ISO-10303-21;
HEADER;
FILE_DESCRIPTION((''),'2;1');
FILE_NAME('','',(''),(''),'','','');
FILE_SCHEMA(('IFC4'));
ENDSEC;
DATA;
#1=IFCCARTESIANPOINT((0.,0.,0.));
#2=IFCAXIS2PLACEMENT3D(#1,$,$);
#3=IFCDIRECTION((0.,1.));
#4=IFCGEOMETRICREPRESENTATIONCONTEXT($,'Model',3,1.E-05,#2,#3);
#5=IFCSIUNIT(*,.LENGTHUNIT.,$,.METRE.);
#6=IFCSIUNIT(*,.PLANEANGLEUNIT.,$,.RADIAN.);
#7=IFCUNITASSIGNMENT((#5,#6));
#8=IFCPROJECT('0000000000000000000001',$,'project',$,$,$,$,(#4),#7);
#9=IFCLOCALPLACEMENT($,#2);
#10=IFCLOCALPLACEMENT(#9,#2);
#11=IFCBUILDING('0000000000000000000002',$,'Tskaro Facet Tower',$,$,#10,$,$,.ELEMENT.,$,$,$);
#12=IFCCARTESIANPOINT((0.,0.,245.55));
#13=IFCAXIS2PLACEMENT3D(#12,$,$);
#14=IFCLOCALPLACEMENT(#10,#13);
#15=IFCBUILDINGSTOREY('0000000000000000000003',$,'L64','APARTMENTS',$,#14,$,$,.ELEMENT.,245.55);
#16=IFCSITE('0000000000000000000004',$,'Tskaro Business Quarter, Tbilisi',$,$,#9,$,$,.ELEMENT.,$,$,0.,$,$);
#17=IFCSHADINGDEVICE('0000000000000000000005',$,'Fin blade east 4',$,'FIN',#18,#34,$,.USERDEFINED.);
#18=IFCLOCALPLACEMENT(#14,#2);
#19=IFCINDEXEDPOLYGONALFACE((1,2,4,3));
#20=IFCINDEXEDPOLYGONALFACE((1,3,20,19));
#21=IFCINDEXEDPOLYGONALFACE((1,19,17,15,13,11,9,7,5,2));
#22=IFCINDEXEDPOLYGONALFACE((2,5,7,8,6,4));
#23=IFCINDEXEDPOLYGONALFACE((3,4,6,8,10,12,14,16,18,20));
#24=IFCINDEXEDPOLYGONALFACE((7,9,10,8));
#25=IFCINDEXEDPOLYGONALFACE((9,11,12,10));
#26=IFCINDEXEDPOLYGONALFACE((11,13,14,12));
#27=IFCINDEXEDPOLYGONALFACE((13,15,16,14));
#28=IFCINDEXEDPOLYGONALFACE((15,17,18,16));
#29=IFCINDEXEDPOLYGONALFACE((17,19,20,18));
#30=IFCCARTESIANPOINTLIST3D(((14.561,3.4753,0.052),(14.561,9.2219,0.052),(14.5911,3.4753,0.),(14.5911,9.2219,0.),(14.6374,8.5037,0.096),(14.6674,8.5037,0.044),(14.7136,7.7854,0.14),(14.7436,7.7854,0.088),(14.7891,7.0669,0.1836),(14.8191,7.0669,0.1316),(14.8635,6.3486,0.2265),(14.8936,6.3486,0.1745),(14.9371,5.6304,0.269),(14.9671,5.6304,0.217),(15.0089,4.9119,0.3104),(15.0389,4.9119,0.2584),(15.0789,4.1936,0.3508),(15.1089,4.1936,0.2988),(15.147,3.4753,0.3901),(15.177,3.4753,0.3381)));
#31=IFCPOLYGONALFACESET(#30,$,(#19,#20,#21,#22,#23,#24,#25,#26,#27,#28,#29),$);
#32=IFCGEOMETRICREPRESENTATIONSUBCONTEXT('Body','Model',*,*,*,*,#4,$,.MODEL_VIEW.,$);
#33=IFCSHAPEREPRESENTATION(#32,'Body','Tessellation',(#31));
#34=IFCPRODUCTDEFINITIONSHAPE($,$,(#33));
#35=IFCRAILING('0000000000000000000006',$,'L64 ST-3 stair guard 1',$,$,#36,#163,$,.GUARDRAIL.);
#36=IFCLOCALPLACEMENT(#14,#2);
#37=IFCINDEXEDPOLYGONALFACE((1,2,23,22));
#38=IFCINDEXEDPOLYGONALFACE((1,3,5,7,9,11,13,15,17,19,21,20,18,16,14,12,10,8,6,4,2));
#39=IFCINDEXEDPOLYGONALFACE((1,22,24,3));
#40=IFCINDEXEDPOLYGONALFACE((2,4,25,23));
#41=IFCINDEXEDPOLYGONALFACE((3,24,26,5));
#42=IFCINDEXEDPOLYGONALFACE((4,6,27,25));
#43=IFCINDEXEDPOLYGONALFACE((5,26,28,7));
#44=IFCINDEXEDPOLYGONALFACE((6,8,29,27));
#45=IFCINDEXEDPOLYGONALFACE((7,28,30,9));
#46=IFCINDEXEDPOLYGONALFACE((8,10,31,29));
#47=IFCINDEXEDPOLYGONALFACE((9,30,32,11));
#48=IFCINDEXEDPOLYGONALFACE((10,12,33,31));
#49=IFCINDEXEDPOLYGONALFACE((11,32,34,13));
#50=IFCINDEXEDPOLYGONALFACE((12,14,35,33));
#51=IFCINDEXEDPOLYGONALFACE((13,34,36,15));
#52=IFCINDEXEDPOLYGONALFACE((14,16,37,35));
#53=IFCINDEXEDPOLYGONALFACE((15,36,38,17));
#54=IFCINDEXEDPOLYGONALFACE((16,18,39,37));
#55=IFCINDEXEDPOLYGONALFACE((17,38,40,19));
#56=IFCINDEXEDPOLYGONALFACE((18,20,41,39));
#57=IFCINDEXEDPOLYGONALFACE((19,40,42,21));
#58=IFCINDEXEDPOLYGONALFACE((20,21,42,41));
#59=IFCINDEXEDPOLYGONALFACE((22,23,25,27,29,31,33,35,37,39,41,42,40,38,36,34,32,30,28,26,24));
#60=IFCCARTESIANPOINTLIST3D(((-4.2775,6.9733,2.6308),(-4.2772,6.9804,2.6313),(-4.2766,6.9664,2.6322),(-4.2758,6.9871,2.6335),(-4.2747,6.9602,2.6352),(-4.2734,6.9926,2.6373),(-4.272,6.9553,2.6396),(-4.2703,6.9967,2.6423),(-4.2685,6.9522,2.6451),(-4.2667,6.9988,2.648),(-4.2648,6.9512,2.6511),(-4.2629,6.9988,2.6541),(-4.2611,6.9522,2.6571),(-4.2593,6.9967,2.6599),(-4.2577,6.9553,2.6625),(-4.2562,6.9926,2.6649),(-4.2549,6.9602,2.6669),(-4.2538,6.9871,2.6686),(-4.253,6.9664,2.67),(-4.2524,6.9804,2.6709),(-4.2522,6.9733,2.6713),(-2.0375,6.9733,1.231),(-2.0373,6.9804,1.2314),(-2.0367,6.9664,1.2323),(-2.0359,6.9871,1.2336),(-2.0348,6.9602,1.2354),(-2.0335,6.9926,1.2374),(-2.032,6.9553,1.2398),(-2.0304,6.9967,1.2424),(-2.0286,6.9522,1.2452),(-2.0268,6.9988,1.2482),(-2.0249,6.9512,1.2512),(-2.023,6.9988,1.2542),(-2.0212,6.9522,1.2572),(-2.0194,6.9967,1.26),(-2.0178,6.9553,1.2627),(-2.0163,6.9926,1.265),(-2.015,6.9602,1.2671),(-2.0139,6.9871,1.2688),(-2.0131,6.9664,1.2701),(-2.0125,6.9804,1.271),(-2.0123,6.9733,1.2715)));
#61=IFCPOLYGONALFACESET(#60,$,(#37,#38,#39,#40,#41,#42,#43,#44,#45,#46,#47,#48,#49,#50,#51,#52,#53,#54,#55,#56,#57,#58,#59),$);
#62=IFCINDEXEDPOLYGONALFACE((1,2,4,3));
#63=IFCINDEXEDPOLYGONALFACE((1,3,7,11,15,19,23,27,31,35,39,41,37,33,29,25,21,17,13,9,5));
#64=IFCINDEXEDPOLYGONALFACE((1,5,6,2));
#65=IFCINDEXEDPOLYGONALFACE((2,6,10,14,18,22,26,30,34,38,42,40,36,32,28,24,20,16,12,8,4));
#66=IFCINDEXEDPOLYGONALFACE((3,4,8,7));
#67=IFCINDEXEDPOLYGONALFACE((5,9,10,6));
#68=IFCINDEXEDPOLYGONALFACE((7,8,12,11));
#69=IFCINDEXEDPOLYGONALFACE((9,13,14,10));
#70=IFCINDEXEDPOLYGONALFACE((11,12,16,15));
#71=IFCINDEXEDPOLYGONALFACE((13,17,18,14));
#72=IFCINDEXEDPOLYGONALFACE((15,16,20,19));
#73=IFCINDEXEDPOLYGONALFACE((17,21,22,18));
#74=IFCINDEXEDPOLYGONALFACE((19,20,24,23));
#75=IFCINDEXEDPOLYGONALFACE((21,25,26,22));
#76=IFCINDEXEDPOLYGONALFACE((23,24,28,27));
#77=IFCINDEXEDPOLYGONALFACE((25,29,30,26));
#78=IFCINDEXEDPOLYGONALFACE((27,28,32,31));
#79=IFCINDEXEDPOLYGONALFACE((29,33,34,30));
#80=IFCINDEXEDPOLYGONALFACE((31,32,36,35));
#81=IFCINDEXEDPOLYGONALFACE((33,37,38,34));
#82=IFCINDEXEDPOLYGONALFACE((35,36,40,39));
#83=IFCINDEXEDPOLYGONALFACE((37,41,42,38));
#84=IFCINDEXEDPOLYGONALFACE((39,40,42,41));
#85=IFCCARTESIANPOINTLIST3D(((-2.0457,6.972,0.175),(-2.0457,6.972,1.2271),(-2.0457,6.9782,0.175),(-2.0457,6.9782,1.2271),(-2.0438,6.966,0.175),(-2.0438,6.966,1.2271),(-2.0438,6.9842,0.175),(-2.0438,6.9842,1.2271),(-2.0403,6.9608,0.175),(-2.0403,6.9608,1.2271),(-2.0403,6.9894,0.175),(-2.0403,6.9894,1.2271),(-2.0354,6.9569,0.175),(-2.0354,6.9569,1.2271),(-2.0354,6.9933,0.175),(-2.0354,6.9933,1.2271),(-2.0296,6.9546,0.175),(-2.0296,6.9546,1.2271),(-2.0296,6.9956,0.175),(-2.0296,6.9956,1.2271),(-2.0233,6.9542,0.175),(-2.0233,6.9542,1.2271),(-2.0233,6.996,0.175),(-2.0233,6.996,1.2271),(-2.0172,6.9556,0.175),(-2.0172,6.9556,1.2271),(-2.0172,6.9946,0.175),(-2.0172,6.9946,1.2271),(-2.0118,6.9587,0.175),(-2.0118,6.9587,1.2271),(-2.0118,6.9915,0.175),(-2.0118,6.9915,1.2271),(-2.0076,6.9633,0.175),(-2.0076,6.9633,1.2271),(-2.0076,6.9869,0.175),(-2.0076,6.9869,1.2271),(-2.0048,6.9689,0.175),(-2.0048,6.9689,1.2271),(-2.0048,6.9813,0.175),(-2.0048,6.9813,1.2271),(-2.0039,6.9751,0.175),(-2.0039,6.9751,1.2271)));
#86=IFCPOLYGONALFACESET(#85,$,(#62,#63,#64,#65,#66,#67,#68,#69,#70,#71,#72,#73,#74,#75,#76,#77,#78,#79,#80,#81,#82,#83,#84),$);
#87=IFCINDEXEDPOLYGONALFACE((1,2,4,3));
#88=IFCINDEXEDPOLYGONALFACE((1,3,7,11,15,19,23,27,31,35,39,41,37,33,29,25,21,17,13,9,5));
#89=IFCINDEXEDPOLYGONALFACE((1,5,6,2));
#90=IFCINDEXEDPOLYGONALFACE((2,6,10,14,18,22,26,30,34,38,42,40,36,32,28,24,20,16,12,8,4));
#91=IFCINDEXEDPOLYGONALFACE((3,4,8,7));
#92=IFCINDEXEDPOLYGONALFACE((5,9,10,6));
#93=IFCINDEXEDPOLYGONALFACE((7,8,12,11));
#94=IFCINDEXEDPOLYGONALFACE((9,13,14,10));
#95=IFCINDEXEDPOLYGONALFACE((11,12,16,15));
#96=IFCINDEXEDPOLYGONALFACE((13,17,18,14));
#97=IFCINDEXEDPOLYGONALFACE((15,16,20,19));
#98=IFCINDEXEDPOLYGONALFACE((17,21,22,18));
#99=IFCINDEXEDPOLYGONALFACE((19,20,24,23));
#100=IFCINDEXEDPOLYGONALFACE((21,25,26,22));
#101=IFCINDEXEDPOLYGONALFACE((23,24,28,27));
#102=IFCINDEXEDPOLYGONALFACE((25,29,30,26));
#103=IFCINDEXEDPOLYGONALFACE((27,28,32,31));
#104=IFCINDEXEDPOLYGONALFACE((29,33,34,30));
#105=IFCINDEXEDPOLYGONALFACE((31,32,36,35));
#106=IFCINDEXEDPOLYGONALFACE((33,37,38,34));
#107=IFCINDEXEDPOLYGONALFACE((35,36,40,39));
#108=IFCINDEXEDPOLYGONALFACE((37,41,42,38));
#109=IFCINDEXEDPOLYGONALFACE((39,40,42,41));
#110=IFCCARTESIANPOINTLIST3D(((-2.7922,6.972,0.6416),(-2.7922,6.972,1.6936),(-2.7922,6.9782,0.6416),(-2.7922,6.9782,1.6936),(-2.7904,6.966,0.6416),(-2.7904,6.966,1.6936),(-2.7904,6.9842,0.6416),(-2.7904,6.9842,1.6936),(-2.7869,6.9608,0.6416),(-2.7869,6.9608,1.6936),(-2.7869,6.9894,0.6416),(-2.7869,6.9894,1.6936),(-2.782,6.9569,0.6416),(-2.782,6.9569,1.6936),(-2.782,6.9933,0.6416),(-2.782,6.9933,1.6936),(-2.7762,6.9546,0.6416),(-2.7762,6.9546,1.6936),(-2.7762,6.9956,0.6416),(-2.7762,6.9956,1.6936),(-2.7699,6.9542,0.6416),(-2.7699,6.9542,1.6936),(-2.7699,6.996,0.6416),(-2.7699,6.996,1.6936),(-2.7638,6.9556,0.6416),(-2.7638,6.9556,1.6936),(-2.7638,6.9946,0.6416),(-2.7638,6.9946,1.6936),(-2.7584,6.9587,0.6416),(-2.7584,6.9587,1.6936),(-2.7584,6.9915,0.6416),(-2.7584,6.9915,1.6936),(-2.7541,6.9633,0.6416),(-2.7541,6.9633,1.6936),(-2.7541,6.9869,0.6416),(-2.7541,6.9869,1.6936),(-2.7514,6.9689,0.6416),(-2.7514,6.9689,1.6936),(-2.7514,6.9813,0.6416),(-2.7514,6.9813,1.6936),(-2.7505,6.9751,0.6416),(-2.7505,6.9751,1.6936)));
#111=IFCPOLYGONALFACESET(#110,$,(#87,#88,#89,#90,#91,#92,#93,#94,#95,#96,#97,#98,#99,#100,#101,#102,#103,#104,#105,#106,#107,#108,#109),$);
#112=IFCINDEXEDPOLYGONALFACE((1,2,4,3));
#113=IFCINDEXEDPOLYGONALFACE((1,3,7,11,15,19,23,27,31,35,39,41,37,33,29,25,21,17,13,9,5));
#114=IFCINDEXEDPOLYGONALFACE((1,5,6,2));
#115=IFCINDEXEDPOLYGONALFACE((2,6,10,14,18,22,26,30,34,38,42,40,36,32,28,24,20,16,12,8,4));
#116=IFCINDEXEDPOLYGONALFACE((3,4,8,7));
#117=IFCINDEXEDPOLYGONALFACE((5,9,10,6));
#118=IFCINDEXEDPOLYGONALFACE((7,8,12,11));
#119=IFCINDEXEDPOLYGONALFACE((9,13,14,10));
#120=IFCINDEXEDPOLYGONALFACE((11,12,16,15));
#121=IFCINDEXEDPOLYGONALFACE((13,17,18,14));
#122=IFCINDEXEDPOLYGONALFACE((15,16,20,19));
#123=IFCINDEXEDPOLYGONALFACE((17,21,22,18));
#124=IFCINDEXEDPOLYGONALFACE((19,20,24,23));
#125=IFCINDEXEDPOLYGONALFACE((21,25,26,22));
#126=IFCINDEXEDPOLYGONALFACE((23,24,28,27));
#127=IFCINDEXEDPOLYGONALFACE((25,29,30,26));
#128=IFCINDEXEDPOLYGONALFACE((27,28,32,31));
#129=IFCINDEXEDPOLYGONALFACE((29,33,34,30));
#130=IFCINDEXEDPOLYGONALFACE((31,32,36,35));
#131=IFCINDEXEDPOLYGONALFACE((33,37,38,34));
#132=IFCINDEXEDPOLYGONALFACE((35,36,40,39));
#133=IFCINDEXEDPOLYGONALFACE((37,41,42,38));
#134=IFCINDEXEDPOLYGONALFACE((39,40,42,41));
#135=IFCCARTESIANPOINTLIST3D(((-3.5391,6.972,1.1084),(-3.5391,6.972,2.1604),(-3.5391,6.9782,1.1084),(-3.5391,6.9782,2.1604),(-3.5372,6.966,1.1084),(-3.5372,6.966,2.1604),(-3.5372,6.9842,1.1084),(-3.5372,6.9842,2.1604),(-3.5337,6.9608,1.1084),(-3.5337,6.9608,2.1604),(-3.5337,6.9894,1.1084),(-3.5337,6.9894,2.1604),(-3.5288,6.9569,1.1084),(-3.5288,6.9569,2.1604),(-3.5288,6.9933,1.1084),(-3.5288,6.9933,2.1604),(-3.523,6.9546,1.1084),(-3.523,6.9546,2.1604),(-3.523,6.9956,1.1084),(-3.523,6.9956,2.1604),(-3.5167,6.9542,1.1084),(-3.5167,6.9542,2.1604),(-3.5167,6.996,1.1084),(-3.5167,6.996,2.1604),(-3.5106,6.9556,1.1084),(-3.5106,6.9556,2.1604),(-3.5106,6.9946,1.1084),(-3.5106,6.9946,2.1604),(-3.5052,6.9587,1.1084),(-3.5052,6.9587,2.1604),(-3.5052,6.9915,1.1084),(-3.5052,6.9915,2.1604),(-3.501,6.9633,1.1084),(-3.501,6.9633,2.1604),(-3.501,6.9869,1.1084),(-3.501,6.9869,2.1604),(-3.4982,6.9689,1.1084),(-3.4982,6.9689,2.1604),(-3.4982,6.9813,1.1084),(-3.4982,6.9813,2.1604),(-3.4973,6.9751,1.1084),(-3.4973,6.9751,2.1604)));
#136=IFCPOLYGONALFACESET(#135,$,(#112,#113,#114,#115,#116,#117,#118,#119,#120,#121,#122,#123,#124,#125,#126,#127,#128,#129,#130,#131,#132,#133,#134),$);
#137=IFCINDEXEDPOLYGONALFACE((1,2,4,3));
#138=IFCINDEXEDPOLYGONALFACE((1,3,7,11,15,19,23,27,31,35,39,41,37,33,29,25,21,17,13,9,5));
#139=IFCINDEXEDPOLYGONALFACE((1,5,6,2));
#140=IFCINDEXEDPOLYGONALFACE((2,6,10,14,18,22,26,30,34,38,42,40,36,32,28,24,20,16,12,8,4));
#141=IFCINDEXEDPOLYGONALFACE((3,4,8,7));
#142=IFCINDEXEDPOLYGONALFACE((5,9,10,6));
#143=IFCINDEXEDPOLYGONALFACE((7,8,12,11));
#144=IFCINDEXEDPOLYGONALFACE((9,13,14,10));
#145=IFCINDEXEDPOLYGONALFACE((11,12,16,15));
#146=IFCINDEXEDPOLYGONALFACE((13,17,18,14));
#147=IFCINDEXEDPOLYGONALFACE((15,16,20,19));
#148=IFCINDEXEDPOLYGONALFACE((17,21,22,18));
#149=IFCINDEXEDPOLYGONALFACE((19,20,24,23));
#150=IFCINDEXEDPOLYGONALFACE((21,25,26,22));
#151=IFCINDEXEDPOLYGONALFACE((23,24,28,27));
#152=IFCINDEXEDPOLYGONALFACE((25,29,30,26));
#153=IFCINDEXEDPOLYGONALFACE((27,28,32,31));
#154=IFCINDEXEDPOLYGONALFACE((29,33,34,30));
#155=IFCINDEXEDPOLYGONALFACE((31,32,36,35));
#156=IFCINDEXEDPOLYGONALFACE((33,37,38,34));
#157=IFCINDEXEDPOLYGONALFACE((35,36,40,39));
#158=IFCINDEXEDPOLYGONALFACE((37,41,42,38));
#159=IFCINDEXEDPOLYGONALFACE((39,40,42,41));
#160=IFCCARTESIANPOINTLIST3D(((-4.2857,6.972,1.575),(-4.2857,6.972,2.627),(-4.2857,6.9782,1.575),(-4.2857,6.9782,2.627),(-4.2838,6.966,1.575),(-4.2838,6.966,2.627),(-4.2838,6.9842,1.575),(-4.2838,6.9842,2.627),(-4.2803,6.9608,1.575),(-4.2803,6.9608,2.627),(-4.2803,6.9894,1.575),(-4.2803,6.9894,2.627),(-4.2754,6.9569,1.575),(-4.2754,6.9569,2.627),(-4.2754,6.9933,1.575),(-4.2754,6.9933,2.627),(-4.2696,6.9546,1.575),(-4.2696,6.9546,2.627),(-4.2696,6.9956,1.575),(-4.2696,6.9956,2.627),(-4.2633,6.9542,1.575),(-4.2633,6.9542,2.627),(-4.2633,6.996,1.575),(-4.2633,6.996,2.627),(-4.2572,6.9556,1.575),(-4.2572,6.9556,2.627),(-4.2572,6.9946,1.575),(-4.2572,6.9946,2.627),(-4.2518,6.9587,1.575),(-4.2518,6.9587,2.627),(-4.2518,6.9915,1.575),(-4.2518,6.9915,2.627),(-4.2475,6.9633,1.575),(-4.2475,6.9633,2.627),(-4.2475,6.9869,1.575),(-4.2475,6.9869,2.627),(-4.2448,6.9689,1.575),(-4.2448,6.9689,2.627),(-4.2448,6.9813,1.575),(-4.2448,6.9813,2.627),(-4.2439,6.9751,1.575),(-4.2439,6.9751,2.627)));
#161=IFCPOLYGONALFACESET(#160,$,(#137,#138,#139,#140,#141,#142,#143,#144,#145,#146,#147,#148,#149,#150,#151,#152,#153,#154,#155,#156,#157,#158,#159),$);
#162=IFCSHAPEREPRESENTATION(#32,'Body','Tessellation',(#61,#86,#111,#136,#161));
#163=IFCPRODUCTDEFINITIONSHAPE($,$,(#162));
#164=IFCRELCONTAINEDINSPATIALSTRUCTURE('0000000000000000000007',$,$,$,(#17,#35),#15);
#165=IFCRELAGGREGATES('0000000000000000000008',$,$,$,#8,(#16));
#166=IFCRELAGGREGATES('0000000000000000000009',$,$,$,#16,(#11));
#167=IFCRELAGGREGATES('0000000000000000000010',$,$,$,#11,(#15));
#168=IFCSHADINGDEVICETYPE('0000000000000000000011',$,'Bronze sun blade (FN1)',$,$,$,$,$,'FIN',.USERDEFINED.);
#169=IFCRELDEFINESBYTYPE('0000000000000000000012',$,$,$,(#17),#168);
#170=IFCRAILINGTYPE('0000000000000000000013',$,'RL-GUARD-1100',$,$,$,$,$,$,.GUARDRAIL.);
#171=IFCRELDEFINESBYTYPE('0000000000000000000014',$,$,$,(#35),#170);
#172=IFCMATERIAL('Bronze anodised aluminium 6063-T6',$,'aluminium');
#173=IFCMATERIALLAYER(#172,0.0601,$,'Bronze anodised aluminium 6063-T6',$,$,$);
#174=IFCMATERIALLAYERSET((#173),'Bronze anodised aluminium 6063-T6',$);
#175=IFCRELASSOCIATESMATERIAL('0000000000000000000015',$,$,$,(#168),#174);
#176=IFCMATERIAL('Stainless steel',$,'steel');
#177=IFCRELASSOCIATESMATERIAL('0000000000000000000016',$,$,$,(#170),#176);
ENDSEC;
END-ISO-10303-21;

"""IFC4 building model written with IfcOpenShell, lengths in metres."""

from ifc_helpers import new_model, si_unit, direction, frame, origin, origin_2d, place, context, subcontext, project, spatial, polyline, circle, outline, extrude, material, layer, layer_set, type_object, element, save


model = new_model("IFC4")

# Units and contexts
model_context = context("Model", 3, precision=1e-05, world=origin(), true_north=direction((0.0, 1.0)))
body_context = subcontext(model_context, "Body", "Model", "MODEL_VIEW")
ifc_project = project(units=[si_unit("LENGTHUNIT", "METRE"), si_unit("PLANEANGLEUNIT", "RADIAN")], contexts=[model_context])

# Site, building, storey
site_placement = place(None, origin())
site = spatial("IfcSite", under=ifc_project, at=site_placement, Name="Tskaro Business Quarter, Tbilisi", CompositionType="ELEMENT", RefElevation=0.0)
building_placement = place(site_placement, origin())
building = spatial("IfcBuilding", under=site, at=building_placement, Name="Tskaro Facet Tower", CompositionType="ELEMENT")
storey_placement = place(building_placement, frame((0.0, 0.0, 245.55)))
storey = spatial("IfcBuildingStorey", under=building, at=storey_placement, Name="L64", Description="APARTMENTS", CompositionType="ELEMENT", Elevation=245.55)

# Shared definitions
ifc_material_1 = material(Name="Bronze anodised aluminium 6063-T6", Category="aluminium")

# Shading device
ifc_layer_1 = layer(ifc_material_1, 0.0601, Name="Bronze anodised aluminium 6063-T6")
ifc_layer_set_1 = layer_set([ifc_layer_1], Name="Bronze anodised aluminium 6063-T6")
shading_device_type = type_object("IfcShadingDeviceType", Name="Bronze sun blade (FN1)", ElementType="FIN", PredefinedType="USERDEFINED", material=ifc_layer_set_1)
shading_device_placement = place(storey_placement, frame((14.561, 3.4753, 0.052), z_axis=(-0.499801, 0.000004, 0.86614), x_axis=(0.000002, 1.0, -0.000004)))
element("IfcShadingDevice", 1, at=shading_device_placement, inside=storey, type_object=shading_device_type, Name="Fin blade east 4", ObjectType="FIN", PredefinedType="USERDEFINED", context=body_context, shape_type="SweptSolid", body=[
    extrude(outline(polyline([(0.0, 0.0), (5.7466, 0.0), (5.0283, -0.0882), (4.3101, -0.1761), (3.5916, -0.2633), (2.8733, -0.3492), (2.155, -0.4341), (1.4365, -0.517), (0.7183, -0.5979), (0.0, -0.6765), (0.0, 0.0)])), origin(), (0.0, 0.0, -1.0), 0.0601),
])

# Railing
ifc_material_2 = material(Name="Stainless steel", Category="steel")
railing_type_1 = type_object("IfcRailingType", Name="RL-GUARD-1100", PredefinedType="GUARDRAIL", material=ifc_material_2)
railing_1_placement = place(storey_placement, frame((-2.0249, 6.9751, 0.175)))
element("IfcRailing", 2, at=railing_1_placement, inside=storey, type_object=railing_type_1, Name="L64 ST-3 stair guard 1", PredefinedType="GUARDRAIL", context=body_context, shape_type="SweptSolid", body=[
    extrude(circle(Radius=0.0239, at=origin_2d()), frame((0.0, 0.0, 1.0762), z_axis=(-0.848014, 0.0, 0.529974), x_axis=(0.0, -1.0, 0.0)), (0.0, 0.0, 1.0), 2.6414),
    extrude(circle(Radius=0.021, at=origin_2d()), origin(), (0.0, 0.0, 1.0), 1.052),
    extrude(circle(Radius=0.021, at=origin_2d()), frame((-0.7466, 0.0, 0.4666)), (0.0, 0.0, 1.0), 1.052),
    extrude(circle(Radius=0.021, at=origin_2d()), frame((-1.4934, 0.0, 0.9333)), (0.0, 0.0, 1.0), 1.052),
    extrude(circle(Radius=0.021, at=origin_2d()), frame((-2.24, 0.0, 1.3999)), (0.0, 0.0, 1.0), 1.052),
])

save(model, "model.ifc")
